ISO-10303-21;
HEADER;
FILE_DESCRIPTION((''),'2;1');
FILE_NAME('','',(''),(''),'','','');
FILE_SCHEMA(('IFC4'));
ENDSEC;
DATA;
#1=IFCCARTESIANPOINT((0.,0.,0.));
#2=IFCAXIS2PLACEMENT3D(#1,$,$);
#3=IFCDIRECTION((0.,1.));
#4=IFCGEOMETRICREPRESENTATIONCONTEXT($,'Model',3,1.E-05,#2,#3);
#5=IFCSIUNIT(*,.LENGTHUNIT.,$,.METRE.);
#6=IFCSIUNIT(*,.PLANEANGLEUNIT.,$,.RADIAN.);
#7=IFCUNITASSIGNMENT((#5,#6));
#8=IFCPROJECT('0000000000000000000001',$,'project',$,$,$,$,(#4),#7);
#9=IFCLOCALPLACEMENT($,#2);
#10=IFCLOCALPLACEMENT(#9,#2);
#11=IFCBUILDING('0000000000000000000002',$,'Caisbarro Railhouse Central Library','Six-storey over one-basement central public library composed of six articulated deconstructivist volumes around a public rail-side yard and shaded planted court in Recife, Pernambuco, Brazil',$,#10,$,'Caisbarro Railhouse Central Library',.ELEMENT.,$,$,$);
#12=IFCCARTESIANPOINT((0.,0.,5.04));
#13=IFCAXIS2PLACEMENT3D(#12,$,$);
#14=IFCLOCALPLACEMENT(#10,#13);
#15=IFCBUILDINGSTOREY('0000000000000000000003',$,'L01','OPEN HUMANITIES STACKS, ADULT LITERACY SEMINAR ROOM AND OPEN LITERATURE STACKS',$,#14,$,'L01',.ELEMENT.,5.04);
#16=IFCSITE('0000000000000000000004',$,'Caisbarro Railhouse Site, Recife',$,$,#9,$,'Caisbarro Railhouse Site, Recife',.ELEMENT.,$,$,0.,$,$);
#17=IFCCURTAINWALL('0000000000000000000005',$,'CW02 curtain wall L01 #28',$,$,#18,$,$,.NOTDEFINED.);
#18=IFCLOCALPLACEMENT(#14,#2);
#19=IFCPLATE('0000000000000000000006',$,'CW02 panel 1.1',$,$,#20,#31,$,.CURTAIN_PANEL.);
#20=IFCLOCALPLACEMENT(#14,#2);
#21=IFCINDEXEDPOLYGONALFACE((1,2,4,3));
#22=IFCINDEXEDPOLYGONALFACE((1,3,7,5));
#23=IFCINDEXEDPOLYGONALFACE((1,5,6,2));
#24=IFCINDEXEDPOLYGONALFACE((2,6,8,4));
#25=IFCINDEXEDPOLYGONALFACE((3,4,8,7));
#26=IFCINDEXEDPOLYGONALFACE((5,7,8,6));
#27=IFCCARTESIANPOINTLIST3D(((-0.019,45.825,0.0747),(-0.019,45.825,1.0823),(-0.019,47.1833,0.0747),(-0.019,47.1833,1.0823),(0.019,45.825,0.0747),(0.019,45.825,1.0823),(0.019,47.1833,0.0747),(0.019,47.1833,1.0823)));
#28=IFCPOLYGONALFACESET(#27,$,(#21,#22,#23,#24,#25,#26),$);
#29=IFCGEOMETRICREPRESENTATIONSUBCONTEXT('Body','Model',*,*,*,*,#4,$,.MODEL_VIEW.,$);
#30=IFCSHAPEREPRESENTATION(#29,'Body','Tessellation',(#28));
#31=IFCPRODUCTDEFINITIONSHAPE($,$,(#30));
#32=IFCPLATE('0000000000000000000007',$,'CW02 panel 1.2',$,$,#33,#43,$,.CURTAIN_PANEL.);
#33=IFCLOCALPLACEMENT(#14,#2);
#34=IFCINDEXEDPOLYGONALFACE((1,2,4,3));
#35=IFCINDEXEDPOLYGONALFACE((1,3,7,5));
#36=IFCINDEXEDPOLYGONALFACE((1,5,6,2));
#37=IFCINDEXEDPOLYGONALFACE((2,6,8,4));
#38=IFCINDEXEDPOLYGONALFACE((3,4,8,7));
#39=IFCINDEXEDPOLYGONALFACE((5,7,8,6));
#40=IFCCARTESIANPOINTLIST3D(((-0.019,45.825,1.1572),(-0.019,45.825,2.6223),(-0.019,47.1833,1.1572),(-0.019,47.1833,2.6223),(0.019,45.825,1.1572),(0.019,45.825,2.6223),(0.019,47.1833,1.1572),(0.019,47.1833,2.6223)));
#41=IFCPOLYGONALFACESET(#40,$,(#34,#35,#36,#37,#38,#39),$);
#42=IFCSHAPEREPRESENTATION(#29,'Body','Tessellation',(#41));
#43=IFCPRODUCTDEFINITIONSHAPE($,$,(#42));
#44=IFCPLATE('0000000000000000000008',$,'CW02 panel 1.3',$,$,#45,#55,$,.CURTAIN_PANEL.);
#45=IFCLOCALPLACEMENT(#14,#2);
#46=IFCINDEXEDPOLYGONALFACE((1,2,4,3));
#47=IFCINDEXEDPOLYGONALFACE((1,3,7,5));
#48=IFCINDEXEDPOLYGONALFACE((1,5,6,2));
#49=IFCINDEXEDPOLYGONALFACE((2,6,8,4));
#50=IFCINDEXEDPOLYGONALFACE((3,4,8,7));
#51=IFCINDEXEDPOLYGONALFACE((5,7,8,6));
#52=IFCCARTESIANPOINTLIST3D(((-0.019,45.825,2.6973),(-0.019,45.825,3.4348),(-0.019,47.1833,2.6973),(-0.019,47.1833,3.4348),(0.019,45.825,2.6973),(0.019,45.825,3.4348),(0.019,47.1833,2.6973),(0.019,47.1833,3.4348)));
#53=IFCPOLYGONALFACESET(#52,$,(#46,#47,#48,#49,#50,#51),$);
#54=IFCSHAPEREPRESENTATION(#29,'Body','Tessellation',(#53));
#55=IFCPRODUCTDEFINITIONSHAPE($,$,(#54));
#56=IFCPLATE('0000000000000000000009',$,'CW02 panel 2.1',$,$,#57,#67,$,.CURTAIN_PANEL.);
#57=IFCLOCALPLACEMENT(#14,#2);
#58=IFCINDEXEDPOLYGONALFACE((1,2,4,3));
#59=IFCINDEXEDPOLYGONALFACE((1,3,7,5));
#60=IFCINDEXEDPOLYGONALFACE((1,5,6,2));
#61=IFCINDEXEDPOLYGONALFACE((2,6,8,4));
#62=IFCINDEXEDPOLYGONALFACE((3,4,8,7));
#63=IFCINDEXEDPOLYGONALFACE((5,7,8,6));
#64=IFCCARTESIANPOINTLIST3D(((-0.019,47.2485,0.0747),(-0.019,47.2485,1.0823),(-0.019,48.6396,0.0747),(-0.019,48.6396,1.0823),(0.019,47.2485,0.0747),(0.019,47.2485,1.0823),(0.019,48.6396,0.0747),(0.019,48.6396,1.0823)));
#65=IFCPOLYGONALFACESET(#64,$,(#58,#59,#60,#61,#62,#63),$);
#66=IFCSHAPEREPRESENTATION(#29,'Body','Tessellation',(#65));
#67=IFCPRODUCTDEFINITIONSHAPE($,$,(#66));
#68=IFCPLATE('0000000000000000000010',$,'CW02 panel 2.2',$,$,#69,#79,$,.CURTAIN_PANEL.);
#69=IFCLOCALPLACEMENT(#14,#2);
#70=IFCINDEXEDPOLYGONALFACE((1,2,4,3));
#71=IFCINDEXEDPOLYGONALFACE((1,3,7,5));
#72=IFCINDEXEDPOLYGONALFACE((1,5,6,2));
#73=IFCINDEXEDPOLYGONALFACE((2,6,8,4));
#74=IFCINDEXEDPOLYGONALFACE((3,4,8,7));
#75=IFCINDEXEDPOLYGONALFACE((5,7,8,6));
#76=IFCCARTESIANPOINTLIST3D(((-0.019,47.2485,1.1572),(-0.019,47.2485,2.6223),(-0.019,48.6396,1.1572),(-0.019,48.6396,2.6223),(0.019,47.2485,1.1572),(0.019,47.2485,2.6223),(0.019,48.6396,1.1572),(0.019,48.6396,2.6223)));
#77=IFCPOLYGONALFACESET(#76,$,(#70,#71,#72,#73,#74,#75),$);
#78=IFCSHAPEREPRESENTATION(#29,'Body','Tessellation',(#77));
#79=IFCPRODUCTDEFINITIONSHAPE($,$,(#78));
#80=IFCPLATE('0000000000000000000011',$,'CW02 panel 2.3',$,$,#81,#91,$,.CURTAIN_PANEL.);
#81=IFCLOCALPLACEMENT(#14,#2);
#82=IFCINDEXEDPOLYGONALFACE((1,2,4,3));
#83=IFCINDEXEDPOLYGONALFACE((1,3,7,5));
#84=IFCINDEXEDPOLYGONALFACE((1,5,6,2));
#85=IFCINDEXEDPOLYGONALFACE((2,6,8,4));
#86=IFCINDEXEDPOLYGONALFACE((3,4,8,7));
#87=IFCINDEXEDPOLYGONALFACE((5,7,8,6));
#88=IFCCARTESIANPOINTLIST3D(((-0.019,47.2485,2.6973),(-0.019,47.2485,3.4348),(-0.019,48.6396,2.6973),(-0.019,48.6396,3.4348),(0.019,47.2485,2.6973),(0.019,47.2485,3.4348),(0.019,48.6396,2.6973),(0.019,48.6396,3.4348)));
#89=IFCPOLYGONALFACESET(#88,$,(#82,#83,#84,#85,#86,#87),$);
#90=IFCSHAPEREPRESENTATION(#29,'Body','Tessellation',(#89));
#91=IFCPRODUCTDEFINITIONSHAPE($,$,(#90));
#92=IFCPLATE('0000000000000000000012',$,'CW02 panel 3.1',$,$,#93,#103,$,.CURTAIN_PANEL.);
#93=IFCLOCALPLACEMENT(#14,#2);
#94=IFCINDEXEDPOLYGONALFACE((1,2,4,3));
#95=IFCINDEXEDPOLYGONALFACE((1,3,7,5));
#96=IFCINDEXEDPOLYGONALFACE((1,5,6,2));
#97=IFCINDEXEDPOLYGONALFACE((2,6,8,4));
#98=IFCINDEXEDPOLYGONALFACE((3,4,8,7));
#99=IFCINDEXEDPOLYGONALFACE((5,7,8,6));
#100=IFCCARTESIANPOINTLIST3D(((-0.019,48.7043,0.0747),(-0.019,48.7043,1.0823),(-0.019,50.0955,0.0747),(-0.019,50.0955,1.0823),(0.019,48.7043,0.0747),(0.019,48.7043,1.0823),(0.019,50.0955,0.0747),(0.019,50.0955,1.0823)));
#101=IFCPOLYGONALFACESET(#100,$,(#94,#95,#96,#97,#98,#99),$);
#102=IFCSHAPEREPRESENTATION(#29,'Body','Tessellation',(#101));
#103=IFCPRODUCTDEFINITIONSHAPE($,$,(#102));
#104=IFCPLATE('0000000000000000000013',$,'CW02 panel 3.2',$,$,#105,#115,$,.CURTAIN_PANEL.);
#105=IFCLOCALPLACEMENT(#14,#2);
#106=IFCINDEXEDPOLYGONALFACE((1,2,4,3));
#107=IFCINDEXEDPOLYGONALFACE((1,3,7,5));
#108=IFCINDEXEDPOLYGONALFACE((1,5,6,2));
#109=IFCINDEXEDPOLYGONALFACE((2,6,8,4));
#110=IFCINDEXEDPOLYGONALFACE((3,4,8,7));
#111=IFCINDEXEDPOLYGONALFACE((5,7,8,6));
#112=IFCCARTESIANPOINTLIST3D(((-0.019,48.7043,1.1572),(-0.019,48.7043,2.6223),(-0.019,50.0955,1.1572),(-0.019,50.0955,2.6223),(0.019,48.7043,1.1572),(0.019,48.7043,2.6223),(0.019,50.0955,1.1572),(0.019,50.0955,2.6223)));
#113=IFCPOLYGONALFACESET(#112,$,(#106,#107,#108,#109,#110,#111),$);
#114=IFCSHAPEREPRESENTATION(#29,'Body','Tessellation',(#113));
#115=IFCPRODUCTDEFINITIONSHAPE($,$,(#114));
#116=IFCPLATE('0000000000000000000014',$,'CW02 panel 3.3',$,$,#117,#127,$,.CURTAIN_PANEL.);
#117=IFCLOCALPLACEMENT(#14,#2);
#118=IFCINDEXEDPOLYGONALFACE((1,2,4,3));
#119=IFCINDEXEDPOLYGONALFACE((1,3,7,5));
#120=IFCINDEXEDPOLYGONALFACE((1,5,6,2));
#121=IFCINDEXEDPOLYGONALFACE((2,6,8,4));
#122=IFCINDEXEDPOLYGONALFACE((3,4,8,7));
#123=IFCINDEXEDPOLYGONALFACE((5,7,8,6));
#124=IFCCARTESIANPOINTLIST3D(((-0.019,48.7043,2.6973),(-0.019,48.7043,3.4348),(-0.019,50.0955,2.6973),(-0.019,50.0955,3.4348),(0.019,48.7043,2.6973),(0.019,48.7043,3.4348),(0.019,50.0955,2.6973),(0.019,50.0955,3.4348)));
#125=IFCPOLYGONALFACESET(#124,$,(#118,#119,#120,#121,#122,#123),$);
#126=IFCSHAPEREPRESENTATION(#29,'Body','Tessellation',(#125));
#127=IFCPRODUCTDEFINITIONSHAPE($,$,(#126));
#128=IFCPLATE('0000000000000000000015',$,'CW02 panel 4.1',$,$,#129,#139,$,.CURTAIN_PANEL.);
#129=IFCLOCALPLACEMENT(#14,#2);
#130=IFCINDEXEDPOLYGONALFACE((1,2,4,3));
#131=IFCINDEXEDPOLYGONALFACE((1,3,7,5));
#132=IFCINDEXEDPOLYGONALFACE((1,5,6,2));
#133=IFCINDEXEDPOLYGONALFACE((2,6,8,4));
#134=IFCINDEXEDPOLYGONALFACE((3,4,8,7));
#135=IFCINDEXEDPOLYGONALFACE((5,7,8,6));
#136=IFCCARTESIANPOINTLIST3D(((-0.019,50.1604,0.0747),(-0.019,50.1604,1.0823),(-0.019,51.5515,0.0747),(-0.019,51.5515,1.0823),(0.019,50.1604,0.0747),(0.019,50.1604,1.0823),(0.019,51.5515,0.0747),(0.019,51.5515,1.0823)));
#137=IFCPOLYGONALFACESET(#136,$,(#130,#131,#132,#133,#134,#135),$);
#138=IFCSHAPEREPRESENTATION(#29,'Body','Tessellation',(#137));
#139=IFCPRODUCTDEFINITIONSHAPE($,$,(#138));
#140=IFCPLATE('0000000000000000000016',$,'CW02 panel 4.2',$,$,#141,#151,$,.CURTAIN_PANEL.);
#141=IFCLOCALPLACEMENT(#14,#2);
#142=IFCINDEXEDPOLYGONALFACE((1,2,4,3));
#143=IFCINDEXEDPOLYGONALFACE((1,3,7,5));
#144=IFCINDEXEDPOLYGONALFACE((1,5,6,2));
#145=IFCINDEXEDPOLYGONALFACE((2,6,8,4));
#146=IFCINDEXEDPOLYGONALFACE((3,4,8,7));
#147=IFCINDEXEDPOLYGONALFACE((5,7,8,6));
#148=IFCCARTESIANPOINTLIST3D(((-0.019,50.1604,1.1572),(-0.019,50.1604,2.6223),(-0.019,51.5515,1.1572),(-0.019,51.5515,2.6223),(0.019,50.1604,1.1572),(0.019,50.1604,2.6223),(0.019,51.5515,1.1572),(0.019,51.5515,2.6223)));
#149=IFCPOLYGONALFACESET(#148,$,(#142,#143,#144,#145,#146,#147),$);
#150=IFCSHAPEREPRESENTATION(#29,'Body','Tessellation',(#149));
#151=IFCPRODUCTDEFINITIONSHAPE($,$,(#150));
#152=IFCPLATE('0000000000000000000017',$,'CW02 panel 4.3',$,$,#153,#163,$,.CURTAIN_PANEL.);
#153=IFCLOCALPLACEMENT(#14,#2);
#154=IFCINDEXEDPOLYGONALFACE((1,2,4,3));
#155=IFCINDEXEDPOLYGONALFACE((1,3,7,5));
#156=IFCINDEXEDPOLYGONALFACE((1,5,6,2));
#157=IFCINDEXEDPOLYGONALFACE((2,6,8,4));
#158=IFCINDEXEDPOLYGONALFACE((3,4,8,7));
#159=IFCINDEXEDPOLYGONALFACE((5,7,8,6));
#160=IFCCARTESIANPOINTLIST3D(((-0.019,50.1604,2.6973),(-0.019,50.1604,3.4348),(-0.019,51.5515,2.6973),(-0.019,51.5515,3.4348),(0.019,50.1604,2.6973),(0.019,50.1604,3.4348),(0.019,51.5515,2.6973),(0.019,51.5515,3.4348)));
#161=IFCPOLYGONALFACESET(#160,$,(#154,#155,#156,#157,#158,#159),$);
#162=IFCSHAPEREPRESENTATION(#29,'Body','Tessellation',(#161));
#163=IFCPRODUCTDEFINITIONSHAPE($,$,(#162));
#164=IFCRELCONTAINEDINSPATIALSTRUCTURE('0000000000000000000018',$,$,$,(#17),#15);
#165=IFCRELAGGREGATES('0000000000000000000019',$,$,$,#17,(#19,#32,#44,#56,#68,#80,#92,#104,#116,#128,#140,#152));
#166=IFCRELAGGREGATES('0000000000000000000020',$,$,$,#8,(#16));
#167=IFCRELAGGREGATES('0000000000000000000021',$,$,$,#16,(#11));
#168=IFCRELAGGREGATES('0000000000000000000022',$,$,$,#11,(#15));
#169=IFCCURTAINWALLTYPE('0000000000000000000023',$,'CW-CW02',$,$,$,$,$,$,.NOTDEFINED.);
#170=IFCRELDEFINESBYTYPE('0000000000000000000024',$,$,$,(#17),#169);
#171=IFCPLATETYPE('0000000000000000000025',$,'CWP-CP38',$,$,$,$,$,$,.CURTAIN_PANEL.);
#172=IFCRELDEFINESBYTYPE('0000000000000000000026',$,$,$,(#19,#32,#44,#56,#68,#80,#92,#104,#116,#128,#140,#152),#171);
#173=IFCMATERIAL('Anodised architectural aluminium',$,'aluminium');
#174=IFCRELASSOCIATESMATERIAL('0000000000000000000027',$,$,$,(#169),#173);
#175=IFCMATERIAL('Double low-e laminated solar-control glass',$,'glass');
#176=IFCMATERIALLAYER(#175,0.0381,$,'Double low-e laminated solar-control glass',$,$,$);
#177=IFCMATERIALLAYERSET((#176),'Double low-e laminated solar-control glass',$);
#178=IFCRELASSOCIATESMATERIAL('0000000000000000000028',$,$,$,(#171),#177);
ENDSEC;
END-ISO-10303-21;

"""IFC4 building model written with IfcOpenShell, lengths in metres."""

from ifc_helpers import new_model, si_unit, direction, frame, origin, origin_2d, place, context, subcontext, project, spatial, rectangle, extrude, material, layer, layer_set, type_object, element, aggregate, save


model = new_model("IFC4")

# Units and contexts
model_context = context("Model", 3, precision=1e-05, world=origin(), true_north=direction((0.0, 1.0)))
body_context = subcontext(model_context, "Body", "Model", "MODEL_VIEW")
ifc_project = project(units=[si_unit("LENGTHUNIT", "METRE"), si_unit("PLANEANGLEUNIT", "RADIAN")], contexts=[model_context])

# Site, building, storey
site_placement = place(None, origin())
site = spatial("IfcSite", under=ifc_project, at=site_placement, Name="Caisbarro Railhouse Site, Recife", LongName="Caisbarro Railhouse Site, Recife", CompositionType="ELEMENT", RefElevation=0.0)
building_placement = place(site_placement, origin())
building = spatial("IfcBuilding", under=site, at=building_placement, Name="Caisbarro Railhouse Central Library", Description="Six-storey over one-basement central public library composed of six articulated deconstructivist volumes around a public rail-side yard and shaded planted court in Recife, Pernambuco, Brazil", LongName="Caisbarro Railhouse Central Library", CompositionType="ELEMENT")
storey_placement = place(building_placement, frame((0.0, 0.0, 5.04)))
storey = spatial("IfcBuildingStorey", under=building, at=storey_placement, Name="L01", Description="OPEN HUMANITIES STACKS, ADULT LITERACY SEMINAR ROOM AND OPEN LITERATURE STACKS", LongName="L01", CompositionType="ELEMENT", Elevation=5.04)

# Curtain wall, plates
ifc_material_1 = material(Name="Anodised architectural aluminium", Category="aluminium")
curtain_wall_type = type_object("IfcCurtainWallType", Name="CW-CW02", PredefinedType="NOTDEFINED", material=ifc_material_1)
curtain_wall_placement = place(storey_placement, origin())
curtain_wall = element("IfcCurtainWall", 1, at=curtain_wall_placement, inside=storey, type_object=curtain_wall_type, Name="CW02 curtain wall L01 #28", PredefinedType="NOTDEFINED")
ifc_material_2 = material(Name="Double low-e laminated solar-control glass", Category="glass")
ifc_layer = layer(ifc_material_2, 0.0381, Name="Double low-e laminated solar-control glass")
ifc_layer_set = layer_set([ifc_layer], Name="Double low-e laminated solar-control glass")
plate_type = type_object("IfcPlateType", Name="CWP-CP38", PredefinedType="CURTAIN_PANEL", material=ifc_layer_set)
plate_1_placement = place(storey_placement, frame((0.0, 46.5042, 0.0747), z_axis=(0.0, 0.0, 1.0), x_axis=(0.0, 1.0, 0.0)))
plate_1 = element("IfcPlate", 2, at=plate_1_placement, type_object=plate_type, Name="CW02 panel 1.1", PredefinedType="CURTAIN_PANEL", context=body_context, shape_type="SweptSolid", body=[
    extrude(rectangle(XDim=1.3584, YDim=0.0381, at=origin_2d()), origin(), (0.0, 0.0, 1.0), 1.0076),
])
plate_2_placement = place(storey_placement, frame((0.0, 46.5042, 1.1572), z_axis=(0.0, 0.0, 1.0), x_axis=(0.0, 1.0, 0.0)))
plate_2 = element("IfcPlate", 3, at=plate_2_placement, type_object=plate_type, Name="CW02 panel 1.2", PredefinedType="CURTAIN_PANEL", context=body_context, shape_type="SweptSolid", body=[
    extrude(rectangle(XDim=1.3584, YDim=0.0381, at=origin_2d()), origin(), (0.0, 0.0, 1.0), 1.4651),
])
plate_3_placement = place(storey_placement, frame((0.0, 46.5042, 2.6973), z_axis=(0.0, 0.0, 1.0), x_axis=(0.0, 1.0, 0.0)))
plate_3 = element("IfcPlate", 4, at=plate_3_placement, type_object=plate_type, Name="CW02 panel 1.3", PredefinedType="CURTAIN_PANEL", context=body_context, shape_type="SweptSolid", body=[
    extrude(rectangle(XDim=1.3584, YDim=0.0381, at=origin_2d()), origin(), (0.0, 0.0, 1.0), 0.7375),
])
plate_4_placement = place(storey_placement, frame((0.0, 47.9441, 0.0747), z_axis=(0.0, 0.0, 1.0), x_axis=(0.0, 1.0, 0.0)))
plate_4 = element("IfcPlate", 5, at=plate_4_placement, type_object=plate_type, Name="CW02 panel 2.1", PredefinedType="CURTAIN_PANEL", context=body_context, shape_type="SweptSolid", body=[
    extrude(rectangle(XDim=1.3911, YDim=0.0381, at=origin_2d()), origin(), (0.0, 0.0, 1.0), 1.0076),
])
plate_5_placement = place(storey_placement, frame((0.0, 47.9441, 1.1572), z_axis=(0.0, 0.0, 1.0), x_axis=(0.0, 1.0, 0.0)))
plate_5 = element("IfcPlate", 6, at=plate_5_placement, type_object=plate_type, Name="CW02 panel 2.2", PredefinedType="CURTAIN_PANEL", context=body_context, shape_type="SweptSolid", body=[
    extrude(rectangle(XDim=1.3911, YDim=0.0381, at=origin_2d()), origin(), (0.0, 0.0, 1.0), 1.4651),
])
plate_6_placement = place(storey_placement, frame((0.0, 47.9441, 2.6973), z_axis=(0.0, 0.0, 1.0), x_axis=(0.0, 1.0, 0.0)))
plate_6 = element("IfcPlate", 7, at=plate_6_placement, type_object=plate_type, Name="CW02 panel 2.3", PredefinedType="CURTAIN_PANEL", context=body_context, shape_type="SweptSolid", body=[
    extrude(rectangle(XDim=1.3911, YDim=0.0381, at=origin_2d()), origin(), (0.0, 0.0, 1.0), 0.7375),
])
plate_7_placement = place(storey_placement, frame((0.0, 49.3999, 0.0747), z_axis=(0.0, 0.0, 1.0), x_axis=(0.0, 1.0, 0.0)))
plate_7 = element("IfcPlate", 8, at=plate_7_placement, type_object=plate_type, Name="CW02 panel 3.1", PredefinedType="CURTAIN_PANEL", context=body_context, shape_type="SweptSolid", body=[
    extrude(rectangle(XDim=1.3911, YDim=0.0381, at=origin_2d()), origin(), (0.0, 0.0, 1.0), 1.0076),
])
plate_8_placement = place(storey_placement, frame((0.0, 49.3999, 1.1572), z_axis=(0.0, 0.0, 1.0), x_axis=(0.0, 1.0, 0.0)))
plate_8 = element("IfcPlate", 9, at=plate_8_placement, type_object=plate_type, Name="CW02 panel 3.2", PredefinedType="CURTAIN_PANEL", context=body_context, shape_type="SweptSolid", body=[
    extrude(rectangle(XDim=1.3911, YDim=0.0381, at=origin_2d()), origin(), (0.0, 0.0, 1.0), 1.4651),
])
plate_9_placement = place(storey_placement, frame((0.0, 49.3999, 2.6973), z_axis=(0.0, 0.0, 1.0), x_axis=(0.0, 1.0, 0.0)))
plate_9 = element("IfcPlate", 10, at=plate_9_placement, type_object=plate_type, Name="CW02 panel 3.3", PredefinedType="CURTAIN_PANEL", context=body_context, shape_type="SweptSolid", body=[
    extrude(rectangle(XDim=1.3911, YDim=0.0381, at=origin_2d()), origin(), (0.0, 0.0, 1.0), 0.7375),
])
plate_10_placement = place(storey_placement, frame((0.0, 50.856, 0.0747), z_axis=(0.0, 0.0, 1.0), x_axis=(0.0, 1.0, 0.0)))
plate_10 = element("IfcPlate", 11, at=plate_10_placement, type_object=plate_type, Name="CW02 panel 4.1", PredefinedType="CURTAIN_PANEL", context=body_context, shape_type="SweptSolid", body=[
    extrude(rectangle(XDim=1.3911, YDim=0.0381, at=origin_2d()), origin(), (0.0, 0.0, 1.0), 1.0076),
])
plate_11_placement = place(storey_placement, frame((0.0, 50.856, 1.1572), z_axis=(0.0, 0.0, 1.0), x_axis=(0.0, 1.0, 0.0)))
plate_11 = element("IfcPlate", 12, at=plate_11_placement, type_object=plate_type, Name="CW02 panel 4.2", PredefinedType="CURTAIN_PANEL", context=body_context, shape_type="SweptSolid", body=[
    extrude(rectangle(XDim=1.3911, YDim=0.0381, at=origin_2d()), origin(), (0.0, 0.0, 1.0), 1.4651),
])
plate_12_placement = place(storey_placement, frame((0.0, 50.856, 2.6973), z_axis=(0.0, 0.0, 1.0), x_axis=(0.0, 1.0, 0.0)))
plate_12 = element("IfcPlate", 13, at=plate_12_placement, type_object=plate_type, Name="CW02 panel 4.3", PredefinedType="CURTAIN_PANEL", context=body_context, shape_type="SweptSolid", body=[
    extrude(rectangle(XDim=1.3911, YDim=0.0381, at=origin_2d()), origin(), (0.0, 0.0, 1.0), 0.7375),
])
aggregate(curtain_wall, [plate_1, plate_2, plate_3, plate_4, plate_5, plate_6, plate_7, plate_8, plate_9, plate_10, plate_11, plate_12])

save(model, "model.ifc")
